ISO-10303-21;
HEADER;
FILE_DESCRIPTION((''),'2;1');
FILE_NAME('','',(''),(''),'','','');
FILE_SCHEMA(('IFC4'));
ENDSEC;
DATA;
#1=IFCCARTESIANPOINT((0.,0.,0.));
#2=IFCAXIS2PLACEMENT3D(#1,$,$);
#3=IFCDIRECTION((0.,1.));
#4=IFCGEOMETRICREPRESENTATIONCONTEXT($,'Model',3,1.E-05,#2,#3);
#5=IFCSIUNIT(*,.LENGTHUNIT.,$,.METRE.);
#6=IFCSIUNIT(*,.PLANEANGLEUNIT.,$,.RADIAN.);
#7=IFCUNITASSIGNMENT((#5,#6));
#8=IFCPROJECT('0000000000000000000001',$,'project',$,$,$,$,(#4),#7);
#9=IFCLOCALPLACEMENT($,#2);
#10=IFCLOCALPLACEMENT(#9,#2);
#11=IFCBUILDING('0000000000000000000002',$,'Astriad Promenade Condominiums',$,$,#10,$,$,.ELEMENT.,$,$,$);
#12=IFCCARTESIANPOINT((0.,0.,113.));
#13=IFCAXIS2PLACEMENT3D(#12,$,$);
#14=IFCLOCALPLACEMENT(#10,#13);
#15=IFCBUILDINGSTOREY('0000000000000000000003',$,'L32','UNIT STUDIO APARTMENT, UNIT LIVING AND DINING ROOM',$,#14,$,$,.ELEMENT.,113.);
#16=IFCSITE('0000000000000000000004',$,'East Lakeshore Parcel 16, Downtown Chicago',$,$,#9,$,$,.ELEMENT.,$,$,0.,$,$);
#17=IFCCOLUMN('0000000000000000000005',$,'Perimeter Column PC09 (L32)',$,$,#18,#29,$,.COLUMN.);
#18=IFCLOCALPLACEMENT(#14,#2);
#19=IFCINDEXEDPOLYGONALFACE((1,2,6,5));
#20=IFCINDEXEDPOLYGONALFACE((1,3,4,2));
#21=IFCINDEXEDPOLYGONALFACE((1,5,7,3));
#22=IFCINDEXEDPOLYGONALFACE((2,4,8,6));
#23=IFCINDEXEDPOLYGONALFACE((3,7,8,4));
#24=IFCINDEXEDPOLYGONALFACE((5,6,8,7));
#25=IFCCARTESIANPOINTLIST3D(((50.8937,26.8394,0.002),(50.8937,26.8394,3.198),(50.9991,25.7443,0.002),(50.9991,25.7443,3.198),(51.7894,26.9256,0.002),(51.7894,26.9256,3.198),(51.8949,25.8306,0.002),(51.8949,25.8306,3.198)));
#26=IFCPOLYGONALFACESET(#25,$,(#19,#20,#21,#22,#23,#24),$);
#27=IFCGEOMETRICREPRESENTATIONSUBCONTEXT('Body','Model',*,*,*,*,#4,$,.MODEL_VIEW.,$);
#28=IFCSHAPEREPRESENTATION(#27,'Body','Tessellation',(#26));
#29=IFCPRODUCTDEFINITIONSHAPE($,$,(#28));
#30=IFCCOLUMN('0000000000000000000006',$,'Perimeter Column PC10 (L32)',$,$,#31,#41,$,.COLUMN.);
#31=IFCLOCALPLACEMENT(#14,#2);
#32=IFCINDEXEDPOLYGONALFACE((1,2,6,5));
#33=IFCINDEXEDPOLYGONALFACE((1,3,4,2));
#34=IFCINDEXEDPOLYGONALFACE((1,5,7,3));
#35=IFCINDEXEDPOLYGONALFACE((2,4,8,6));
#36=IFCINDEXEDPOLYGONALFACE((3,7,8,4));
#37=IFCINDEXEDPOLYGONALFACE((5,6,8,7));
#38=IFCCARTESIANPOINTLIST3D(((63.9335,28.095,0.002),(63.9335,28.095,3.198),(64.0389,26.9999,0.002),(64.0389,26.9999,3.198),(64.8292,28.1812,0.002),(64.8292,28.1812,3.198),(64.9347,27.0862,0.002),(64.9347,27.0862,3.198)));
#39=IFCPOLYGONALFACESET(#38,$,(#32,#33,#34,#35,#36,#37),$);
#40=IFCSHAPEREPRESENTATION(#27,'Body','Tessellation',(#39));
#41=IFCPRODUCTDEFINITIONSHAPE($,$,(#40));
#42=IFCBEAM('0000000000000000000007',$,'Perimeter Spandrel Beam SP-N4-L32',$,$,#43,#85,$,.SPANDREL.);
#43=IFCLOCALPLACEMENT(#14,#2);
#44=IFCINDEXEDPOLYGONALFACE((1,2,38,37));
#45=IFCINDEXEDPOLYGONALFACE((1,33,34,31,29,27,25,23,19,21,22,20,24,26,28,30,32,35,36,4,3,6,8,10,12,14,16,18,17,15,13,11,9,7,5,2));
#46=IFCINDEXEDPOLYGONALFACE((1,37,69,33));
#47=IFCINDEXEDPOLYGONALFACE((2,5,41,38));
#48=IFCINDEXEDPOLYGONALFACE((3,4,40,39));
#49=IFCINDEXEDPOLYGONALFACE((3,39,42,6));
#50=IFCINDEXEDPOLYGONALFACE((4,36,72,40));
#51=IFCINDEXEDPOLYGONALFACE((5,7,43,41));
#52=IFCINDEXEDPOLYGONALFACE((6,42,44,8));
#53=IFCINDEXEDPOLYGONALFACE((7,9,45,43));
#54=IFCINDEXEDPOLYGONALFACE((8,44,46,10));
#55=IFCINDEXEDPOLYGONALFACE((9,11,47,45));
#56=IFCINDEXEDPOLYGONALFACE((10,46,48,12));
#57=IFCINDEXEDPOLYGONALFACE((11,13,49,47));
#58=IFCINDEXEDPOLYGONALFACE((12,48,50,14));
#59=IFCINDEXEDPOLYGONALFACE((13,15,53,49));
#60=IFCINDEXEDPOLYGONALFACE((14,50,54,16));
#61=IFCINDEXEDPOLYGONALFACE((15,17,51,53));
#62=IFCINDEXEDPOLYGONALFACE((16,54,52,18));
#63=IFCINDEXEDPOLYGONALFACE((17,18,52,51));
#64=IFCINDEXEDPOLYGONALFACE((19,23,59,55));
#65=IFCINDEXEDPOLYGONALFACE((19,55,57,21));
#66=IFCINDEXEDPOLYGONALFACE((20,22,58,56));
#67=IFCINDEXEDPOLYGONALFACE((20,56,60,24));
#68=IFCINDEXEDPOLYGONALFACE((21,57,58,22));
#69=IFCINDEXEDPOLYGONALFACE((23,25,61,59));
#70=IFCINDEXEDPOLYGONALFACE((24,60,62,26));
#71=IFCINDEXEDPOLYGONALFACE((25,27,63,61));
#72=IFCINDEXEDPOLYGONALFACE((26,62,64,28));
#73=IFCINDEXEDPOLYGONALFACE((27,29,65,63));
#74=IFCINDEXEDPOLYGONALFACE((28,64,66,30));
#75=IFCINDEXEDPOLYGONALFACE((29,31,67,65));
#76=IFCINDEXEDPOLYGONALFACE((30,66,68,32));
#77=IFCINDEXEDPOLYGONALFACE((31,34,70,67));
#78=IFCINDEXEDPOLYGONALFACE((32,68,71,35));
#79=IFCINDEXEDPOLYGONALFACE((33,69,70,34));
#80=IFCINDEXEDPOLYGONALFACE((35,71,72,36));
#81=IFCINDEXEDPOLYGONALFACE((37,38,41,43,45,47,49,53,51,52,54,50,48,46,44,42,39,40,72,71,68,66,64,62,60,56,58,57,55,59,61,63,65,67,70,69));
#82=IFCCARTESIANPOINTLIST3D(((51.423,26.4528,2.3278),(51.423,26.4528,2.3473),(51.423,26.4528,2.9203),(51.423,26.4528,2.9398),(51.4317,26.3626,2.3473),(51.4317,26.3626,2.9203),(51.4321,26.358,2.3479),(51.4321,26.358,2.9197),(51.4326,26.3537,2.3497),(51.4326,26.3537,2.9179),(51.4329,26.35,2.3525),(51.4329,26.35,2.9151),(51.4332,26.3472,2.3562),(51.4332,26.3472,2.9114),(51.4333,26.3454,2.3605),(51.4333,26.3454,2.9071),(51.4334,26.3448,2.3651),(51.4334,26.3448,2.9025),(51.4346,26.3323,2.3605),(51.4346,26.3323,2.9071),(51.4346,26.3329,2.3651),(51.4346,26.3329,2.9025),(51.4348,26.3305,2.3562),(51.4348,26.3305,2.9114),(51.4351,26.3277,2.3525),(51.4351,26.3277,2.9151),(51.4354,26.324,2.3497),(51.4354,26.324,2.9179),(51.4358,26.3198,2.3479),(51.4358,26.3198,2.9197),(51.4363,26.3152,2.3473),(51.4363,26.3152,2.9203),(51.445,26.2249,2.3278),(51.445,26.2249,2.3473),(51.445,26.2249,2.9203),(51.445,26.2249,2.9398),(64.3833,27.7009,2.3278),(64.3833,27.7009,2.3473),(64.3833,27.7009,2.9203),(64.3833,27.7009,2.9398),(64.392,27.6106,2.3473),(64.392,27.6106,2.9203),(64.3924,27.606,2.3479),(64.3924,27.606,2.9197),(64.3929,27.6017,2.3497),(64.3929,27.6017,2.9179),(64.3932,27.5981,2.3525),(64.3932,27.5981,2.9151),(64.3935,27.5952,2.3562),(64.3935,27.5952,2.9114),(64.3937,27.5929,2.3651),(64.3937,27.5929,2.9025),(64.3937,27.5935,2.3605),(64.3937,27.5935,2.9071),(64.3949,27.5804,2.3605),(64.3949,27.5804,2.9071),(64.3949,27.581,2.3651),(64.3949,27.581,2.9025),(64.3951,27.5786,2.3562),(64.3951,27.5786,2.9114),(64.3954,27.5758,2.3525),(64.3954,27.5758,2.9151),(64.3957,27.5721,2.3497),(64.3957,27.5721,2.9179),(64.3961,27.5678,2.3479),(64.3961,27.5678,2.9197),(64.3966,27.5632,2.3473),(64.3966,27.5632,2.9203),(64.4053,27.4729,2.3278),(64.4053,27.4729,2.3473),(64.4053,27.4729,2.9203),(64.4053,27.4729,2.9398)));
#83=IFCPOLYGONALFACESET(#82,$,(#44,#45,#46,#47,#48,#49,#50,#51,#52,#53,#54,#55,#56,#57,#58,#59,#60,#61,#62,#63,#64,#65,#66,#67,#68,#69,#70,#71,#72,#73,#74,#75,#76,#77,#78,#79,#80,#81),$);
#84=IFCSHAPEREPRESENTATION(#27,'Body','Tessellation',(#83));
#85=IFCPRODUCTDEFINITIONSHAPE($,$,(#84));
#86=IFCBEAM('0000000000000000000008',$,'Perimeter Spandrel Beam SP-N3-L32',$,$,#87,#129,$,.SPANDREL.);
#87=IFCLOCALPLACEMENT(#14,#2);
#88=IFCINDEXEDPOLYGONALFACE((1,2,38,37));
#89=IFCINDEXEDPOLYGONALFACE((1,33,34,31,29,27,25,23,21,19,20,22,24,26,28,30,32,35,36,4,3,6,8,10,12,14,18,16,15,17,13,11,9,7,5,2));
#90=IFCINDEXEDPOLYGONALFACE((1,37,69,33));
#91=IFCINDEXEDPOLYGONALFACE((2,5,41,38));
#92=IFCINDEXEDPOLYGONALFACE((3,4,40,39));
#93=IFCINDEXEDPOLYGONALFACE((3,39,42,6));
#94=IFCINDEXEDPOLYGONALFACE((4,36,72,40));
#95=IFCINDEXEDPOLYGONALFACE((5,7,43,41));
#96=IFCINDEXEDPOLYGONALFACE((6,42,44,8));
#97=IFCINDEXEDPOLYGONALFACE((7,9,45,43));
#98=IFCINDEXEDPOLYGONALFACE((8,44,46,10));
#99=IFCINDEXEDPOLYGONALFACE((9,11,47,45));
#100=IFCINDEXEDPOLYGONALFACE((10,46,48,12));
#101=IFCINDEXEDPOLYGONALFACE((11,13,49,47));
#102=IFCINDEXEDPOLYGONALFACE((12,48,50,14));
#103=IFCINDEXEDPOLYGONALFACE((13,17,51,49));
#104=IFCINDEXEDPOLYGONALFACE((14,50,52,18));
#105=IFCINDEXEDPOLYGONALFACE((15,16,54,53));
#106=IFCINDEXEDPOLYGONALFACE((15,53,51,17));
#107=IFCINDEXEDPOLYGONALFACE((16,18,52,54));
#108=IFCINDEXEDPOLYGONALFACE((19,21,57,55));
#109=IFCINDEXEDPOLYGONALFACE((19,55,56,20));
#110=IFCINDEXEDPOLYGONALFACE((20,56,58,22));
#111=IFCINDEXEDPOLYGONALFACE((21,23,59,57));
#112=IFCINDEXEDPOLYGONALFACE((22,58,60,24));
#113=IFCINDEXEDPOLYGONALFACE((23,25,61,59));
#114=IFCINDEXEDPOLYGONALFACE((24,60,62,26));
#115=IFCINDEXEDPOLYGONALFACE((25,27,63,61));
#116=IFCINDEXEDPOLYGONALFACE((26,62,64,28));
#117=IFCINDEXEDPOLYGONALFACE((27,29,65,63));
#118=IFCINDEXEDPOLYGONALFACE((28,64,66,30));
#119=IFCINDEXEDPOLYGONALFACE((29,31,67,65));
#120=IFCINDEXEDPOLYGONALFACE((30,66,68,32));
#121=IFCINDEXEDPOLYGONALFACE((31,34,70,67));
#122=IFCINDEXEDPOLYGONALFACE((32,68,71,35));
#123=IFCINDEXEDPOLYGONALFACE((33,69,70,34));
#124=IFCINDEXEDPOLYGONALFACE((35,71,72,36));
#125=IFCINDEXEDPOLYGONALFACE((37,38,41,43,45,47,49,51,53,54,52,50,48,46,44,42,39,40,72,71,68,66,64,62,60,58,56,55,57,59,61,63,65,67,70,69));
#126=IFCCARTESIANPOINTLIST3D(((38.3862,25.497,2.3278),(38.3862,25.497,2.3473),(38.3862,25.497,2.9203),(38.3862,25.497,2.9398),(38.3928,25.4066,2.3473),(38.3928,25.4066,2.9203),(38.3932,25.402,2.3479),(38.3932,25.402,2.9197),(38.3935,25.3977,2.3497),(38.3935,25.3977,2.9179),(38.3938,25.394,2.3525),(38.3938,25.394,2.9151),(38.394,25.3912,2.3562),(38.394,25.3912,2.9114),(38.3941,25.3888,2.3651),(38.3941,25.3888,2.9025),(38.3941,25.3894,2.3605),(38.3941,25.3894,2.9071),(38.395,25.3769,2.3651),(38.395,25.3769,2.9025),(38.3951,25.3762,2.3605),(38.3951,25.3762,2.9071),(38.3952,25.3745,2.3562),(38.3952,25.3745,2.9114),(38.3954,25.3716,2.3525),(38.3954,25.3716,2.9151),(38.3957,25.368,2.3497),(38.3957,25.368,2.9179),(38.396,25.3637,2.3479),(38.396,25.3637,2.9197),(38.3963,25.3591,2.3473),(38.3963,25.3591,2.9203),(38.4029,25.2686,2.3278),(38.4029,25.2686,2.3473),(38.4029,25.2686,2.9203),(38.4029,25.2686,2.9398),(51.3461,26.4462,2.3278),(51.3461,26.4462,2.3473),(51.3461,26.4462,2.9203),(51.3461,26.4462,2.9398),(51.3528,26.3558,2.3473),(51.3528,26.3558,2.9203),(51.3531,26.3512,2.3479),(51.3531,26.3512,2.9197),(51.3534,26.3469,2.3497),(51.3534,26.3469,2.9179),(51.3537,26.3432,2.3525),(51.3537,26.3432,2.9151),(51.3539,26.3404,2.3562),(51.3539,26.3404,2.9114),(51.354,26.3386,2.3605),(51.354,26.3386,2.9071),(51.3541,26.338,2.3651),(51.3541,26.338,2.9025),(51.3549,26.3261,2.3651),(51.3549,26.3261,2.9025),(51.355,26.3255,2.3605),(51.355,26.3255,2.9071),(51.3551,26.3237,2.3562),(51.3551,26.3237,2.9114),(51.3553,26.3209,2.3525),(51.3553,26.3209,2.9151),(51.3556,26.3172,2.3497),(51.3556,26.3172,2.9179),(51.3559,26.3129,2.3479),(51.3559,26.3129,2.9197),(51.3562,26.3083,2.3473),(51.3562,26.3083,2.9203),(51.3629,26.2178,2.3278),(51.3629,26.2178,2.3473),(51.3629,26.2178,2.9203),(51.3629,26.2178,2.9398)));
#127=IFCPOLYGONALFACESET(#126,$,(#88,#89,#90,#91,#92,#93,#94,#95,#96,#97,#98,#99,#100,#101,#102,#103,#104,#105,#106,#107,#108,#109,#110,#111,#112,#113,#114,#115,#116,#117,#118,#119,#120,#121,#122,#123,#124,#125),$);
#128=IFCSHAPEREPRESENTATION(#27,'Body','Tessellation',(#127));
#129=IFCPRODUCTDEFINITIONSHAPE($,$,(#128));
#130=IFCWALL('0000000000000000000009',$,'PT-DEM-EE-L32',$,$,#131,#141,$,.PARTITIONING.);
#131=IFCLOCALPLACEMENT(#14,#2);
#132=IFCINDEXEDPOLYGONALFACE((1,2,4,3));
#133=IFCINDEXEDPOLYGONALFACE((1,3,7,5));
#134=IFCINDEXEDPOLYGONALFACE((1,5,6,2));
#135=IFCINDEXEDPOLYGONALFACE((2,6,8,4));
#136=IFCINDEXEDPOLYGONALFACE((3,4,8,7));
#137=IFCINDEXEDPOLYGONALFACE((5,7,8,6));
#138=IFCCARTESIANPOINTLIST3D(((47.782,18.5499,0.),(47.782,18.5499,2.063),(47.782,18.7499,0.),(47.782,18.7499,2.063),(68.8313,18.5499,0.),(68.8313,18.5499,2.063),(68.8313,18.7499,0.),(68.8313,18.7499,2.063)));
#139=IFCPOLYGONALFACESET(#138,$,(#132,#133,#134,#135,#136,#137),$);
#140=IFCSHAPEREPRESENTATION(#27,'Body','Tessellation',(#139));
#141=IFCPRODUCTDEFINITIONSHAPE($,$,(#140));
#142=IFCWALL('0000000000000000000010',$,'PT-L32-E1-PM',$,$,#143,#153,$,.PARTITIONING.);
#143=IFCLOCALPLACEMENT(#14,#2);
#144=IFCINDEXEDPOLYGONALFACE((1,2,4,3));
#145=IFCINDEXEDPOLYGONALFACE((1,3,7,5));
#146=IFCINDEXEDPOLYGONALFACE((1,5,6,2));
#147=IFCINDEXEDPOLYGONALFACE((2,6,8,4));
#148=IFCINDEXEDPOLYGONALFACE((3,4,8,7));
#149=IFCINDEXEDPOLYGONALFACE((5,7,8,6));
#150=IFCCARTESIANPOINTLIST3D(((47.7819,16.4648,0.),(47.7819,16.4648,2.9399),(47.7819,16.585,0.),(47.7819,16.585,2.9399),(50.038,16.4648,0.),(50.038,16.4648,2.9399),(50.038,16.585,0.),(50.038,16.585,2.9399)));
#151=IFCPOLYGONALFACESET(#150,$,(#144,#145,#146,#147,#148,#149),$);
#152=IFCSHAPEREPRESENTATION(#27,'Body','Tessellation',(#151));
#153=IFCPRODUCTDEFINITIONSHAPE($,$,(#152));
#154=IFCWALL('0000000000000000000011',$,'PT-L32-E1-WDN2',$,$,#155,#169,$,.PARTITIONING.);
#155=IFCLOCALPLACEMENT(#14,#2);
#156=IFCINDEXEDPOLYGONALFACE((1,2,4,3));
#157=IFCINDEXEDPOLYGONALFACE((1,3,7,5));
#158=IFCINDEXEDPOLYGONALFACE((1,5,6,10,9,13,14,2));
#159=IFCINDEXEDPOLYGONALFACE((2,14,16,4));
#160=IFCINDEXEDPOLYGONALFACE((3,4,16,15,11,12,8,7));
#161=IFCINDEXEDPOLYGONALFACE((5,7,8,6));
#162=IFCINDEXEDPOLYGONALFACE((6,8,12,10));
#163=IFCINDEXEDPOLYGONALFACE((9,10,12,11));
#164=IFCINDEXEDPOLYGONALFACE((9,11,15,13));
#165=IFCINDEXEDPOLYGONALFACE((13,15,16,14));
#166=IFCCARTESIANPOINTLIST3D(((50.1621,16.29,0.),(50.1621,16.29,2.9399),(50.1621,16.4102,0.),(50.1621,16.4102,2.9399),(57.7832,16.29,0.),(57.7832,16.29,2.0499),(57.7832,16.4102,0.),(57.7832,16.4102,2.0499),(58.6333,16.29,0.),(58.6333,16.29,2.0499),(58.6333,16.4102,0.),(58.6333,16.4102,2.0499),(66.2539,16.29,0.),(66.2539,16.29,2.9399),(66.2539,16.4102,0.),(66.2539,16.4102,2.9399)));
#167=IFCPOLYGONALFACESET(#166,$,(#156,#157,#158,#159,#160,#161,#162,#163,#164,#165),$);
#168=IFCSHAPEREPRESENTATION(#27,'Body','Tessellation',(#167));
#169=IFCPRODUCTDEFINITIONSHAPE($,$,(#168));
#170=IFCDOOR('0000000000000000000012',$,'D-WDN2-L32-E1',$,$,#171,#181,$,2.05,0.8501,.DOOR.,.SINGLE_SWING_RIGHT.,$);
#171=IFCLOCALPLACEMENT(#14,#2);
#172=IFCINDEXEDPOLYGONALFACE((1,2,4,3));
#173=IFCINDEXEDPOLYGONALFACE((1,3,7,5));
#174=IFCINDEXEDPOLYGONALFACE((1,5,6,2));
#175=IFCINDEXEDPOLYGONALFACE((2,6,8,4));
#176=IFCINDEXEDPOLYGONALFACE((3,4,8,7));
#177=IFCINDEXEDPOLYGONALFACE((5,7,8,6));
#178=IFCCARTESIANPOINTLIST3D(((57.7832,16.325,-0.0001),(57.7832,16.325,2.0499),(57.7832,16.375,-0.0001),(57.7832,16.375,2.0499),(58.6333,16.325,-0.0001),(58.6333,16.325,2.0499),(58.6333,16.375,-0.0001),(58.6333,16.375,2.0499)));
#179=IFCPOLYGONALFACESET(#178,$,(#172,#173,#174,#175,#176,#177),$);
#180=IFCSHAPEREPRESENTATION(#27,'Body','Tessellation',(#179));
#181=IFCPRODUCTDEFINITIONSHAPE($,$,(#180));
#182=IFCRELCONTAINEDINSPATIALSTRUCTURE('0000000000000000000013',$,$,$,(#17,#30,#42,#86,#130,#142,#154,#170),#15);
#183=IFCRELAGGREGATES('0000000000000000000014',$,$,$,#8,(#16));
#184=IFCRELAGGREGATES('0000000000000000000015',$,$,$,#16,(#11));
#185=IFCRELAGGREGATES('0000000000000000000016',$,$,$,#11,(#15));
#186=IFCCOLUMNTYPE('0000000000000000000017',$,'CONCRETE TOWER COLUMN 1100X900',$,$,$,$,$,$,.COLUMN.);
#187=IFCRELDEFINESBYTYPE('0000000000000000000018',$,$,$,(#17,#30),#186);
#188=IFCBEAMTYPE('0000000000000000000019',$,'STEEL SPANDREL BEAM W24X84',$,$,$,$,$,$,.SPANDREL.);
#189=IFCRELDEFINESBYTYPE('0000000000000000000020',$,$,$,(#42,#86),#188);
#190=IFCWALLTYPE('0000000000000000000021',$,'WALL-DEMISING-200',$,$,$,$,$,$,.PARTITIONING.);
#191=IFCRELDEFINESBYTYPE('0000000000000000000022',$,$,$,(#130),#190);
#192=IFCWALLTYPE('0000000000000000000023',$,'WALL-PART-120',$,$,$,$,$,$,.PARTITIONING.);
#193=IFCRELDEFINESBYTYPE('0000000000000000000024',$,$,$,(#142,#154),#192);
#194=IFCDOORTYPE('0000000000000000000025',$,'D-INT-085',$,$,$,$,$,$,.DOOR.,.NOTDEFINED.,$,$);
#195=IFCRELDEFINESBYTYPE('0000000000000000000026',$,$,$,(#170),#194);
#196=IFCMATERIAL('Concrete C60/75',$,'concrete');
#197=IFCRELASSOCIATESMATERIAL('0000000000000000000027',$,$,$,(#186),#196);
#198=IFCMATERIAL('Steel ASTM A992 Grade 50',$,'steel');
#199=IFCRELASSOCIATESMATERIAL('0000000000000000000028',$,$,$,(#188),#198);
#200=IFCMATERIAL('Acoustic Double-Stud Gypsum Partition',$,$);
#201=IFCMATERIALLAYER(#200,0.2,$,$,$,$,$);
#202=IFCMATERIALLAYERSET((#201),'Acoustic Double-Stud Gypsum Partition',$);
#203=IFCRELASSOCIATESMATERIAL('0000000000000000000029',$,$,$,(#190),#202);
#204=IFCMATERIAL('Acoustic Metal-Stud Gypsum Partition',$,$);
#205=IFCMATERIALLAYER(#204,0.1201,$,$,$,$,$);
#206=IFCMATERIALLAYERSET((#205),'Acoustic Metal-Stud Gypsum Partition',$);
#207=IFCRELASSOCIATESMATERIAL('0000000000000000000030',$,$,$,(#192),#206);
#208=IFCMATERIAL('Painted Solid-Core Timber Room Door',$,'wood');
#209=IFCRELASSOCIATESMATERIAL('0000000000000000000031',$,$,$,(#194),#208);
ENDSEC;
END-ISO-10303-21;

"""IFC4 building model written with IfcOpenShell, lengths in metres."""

from ifc_helpers import new_model, si_unit, direction, frame, frame_2d, origin, origin_2d, place, context, subcontext, project, spatial, rectangle, i_section, extrude, source, transform, mapped, material, layer, layer_set, material_profile, profile_set, type_object, type_shapes, element, fill, save


model = new_model("IFC4")

# Units and contexts
model_context = context("Model", 3, precision=1e-05, world=origin(), true_north=direction((0.0, 1.0)))
body_context = subcontext(model_context, "Body", "Model", "MODEL_VIEW")
ifc_project = project(units=[si_unit("LENGTHUNIT", "METRE"), si_unit("PLANEANGLEUNIT", "RADIAN")], contexts=[model_context])

# Site, building, storey
site_placement = place(None, origin())
site = spatial("IfcSite", under=ifc_project, at=site_placement, Name="East Lakeshore Parcel 16, Downtown Chicago", CompositionType="ELEMENT", RefElevation=0.0)
building_placement = place(site_placement, origin())
building = spatial("IfcBuilding", under=site, at=building_placement, Name="Astriad Promenade Condominiums", CompositionType="ELEMENT")
storey_placement = place(building_placement, frame((0.0, 0.0, 113.0)))
storey = spatial("IfcBuildingStorey", under=building, at=storey_placement, Name="L32", Description="UNIT STUDIO APARTMENT, UNIT LIVING AND DINING ROOM", CompositionType="ELEMENT", Elevation=113.0)

# Columns
ifc_material_1 = material(Name="Concrete C60/75", Category="concrete")
ifc_material_profile_1 = material_profile(ifc_material_1, rectangle(XDim=0.8999, YDim=1.1001, at=origin_2d()), Name="RC-COL-1100X900")
ifc_profile_set_1 = profile_set([ifc_material_profile_1], Name="Concrete C60/75")
column_type = type_object("IfcColumnType", Name="CONCRETE TOWER COLUMN 1100X900", PredefinedType="COLUMN", material=ifc_profile_set_1)
shared_shape_1 = source(origin(), body_context, "Body", "SweptSolid", [
    extrude(rectangle(XDim=0.8999, YDim=1.1001, at=origin_2d()), origin(), (0.0, 0.0, 1.0), 3.196),
])
type_shapes(column_type, [shared_shape_1])
for number, where, z_axis, x_axis, name in (
    (1, (51.3943, 26.335, 0.002), (0.0, 0.0, 1.0), (0.995396, 0.095846, 0.0), "Perimeter Column PC09 (L32)"),
    (2, (64.4341, 27.5906, 0.002), (0.0, 0.0, 1.0), (0.995396, 0.095846, 0.0), "Perimeter Column PC10 (L32)"),
):
    element("IfcColumn", number, at=place(storey_placement, frame(where, z_axis=z_axis, x_axis=x_axis)), inside=storey, type_object=column_type, Name=name, PredefinedType="COLUMN", context=body_context, shape_type="MappedRepresentation", body=[
        mapped(shared_shape_1, transform((0.0, 0.0, 0.0), scale=1.0)),
    ])

# Beams
ifc_material_2 = material(Name="Steel ASTM A992 Grade 50", Category="steel")
ifc_material_profile_2 = material_profile(ifc_material_2, i_section(OverallWidth=0.229, OverallDepth=0.6121, WebThickness=0.012, FlangeThickness=0.0195, FilletRadius=0.0178, at=origin_2d()), Name="W24X84")
ifc_profile_set_2 = profile_set([ifc_material_profile_2], Name="Steel ASTM A992 Grade 50")
beam_type = type_object("IfcBeamType", Name="STEEL SPANDREL BEAM W24X84", PredefinedType="SPANDREL", material=ifc_profile_set_2)
shared_shape_2 = source(origin(), body_context, "Body", "SweptSolid", [
    extrude(i_section(OverallWidth=0.229, OverallDepth=0.6121, WebThickness=0.012, FlangeThickness=0.0195, FilletRadius=0.0178, at=origin_2d()), origin(), (0.0, 0.0, 1.0), 13.0203),
])
beam_1_placement = place(storey_placement, frame((64.3943, 27.5869, 2.6338), z_axis=(-0.995395, -0.095855, 0.0), x_axis=(0.095855, -0.995395, 0.0)))
element("IfcBeam", 3, at=beam_1_placement, inside=storey, type_object=beam_type, Name="Perimeter Spandrel Beam SP-N4-L32", PredefinedType="SPANDREL", context=body_context, shape_type="MappedRepresentation", body=[
    mapped(shared_shape_2, transform((0.0, 0.0, 0.0), scale=1.0)),
])
shared_shape_3 = source(origin(), body_context, "Body", "SweptSolid", [
    extrude(i_section(OverallWidth=0.229, OverallDepth=0.6121, WebThickness=0.012, FlangeThickness=0.0195, FilletRadius=0.0178, at=origin_2d()), origin(), (0.0, 0.0, 1.0), 12.9946),
])
type_shapes(beam_type, [shared_shape_2, shared_shape_3])
beam_2_placement = place(storey_placement, frame((51.3545, 26.332, 2.6338), z_axis=(-0.997329, -0.073047, 0.0), x_axis=(0.073047, -0.997329, 0.0)))
element("IfcBeam", 4, at=beam_2_placement, inside=storey, type_object=beam_type, Name="Perimeter Spandrel Beam SP-N3-L32", PredefinedType="SPANDREL", context=body_context, shape_type="MappedRepresentation", body=[
    mapped(shared_shape_3, transform((0.0, 0.0, 0.0), scale=1.0)),
])

# Walls
ifc_material_3 = material(Name="Acoustic Double-Stud Gypsum Partition")
ifc_layer_1 = layer(ifc_material_3, 0.2)
ifc_layer_set_1 = layer_set([ifc_layer_1], Name="Acoustic Double-Stud Gypsum Partition")
wall_type_1 = type_object("IfcWallType", Name="WALL-DEMISING-200", PredefinedType="PARTITIONING", material=ifc_layer_set_1)
wall_1_placement = place(storey_placement, frame((47.782, 18.6499, 0.0), z_axis=(0.0, 0.0, 1.0), x_axis=(1.0, 0.0, 0.0)))
element("IfcWall", 5, at=wall_1_placement, inside=storey, type_object=wall_type_1, Name="PT-DEM-EE-L32", PredefinedType="PARTITIONING", context=body_context, shape_type="SweptSolid", body=[
    extrude(rectangle(XDim=21.0493, YDim=0.2, at=frame_2d((10.5247, 0.0))), origin(), (0.0, 0.0, 1.0), 2.063),
])
ifc_material_4 = material(Name="Acoustic Metal-Stud Gypsum Partition")
ifc_layer_2 = layer(ifc_material_4, 0.1201)
ifc_layer_set_2 = layer_set([ifc_layer_2], Name="Acoustic Metal-Stud Gypsum Partition")
wall_type_2 = type_object("IfcWallType", Name="WALL-PART-120", PredefinedType="PARTITIONING", material=ifc_layer_set_2)
wall_2_placement = place(storey_placement, frame((47.782, 16.5249, 0.0), z_axis=(0.0, 0.0, 1.0), x_axis=(1.0, 0.0, 0.0)))
element("IfcWall", 6, at=wall_2_placement, inside=storey, type_object=wall_type_2, Name="PT-L32-E1-PM", PredefinedType="PARTITIONING", context=body_context, shape_type="SweptSolid", body=[
    extrude(rectangle(XDim=2.2561, YDim=0.1201, at=frame_2d((1.1279, 0.0))), origin(), (0.0, 0.0, 1.0), 2.9399),
])

# Wall, opening, door
wall_3_placement = place(storey_placement, frame((50.1621, 16.3501, 0.0), z_axis=(0.0, 0.0, 1.0), x_axis=(1.0, 0.0, 0.0)))
wall_3 = element("IfcWall", 7, at=wall_3_placement, inside=storey, type_object=wall_type_2, Name="PT-L32-E1-WDN2", PredefinedType="PARTITIONING", context=body_context, shape_type="SweptSolid", body=[
    extrude(rectangle(XDim=16.0918, YDim=0.1201, at=frame_2d((8.0459, 0.0))), origin(), (0.0, 0.0, 1.0), 2.9399),
])
opening_1_placement = place(wall_3_placement, frame((7.6211, 0.0, 0.0)))
opening_1 = element("IfcOpeningElement", 8, at=opening_1_placement, cuts=wall_3, PredefinedType="OPENING", context=body_context, shape_type="SweptSolid", body=[
    extrude(rectangle(XDim=0.8501, YDim=2.05, at=frame_2d((0.425, 1.0249))), frame((0.0, 0.0701, 0.0), z_axis=(0.0, -1.0, 0.0), x_axis=(1.0, 0.0, 0.0)), (0.0, 0.0, 1.0), 0.1401),
])
ifc_material_5 = material(Name="Painted Solid-Core Timber Room Door", Category="wood")
door_type_1 = type_object("IfcDoorType", Name="D-INT-085", OperationType="NOTDEFINED", PredefinedType="DOOR", material=ifc_material_5)
shared_shape_4 = source(origin(), body_context, "Body", "SweptSolid", [
    extrude(rectangle(XDim=0.8501, YDim=2.05, at=frame_2d((0.425, 1.0249))), frame((0.0, 0.0249, 0.0), z_axis=(0.0, -1.0, 0.0), x_axis=(1.0, 0.0, 0.0)), (0.0, 0.0, 1.0), 0.05),
])
type_shapes(door_type_1, [shared_shape_4])
door_1_placement = place(opening_1_placement, origin())
door_1 = element("IfcDoor", 9, at=door_1_placement, inside=storey, type_object=door_type_1, Name="D-WDN2-L32-E1", OperationType="SINGLE_SWING_RIGHT", OverallHeight=2.05, OverallWidth=0.8501, PredefinedType="DOOR", context=body_context, shape_type="MappedRepresentation", body=[
    mapped(shared_shape_4, transform((0.0, 0.0, 0.0), scale=1.0)),
])
fill(opening_1, door_1)

save(model, "model.ifc")
